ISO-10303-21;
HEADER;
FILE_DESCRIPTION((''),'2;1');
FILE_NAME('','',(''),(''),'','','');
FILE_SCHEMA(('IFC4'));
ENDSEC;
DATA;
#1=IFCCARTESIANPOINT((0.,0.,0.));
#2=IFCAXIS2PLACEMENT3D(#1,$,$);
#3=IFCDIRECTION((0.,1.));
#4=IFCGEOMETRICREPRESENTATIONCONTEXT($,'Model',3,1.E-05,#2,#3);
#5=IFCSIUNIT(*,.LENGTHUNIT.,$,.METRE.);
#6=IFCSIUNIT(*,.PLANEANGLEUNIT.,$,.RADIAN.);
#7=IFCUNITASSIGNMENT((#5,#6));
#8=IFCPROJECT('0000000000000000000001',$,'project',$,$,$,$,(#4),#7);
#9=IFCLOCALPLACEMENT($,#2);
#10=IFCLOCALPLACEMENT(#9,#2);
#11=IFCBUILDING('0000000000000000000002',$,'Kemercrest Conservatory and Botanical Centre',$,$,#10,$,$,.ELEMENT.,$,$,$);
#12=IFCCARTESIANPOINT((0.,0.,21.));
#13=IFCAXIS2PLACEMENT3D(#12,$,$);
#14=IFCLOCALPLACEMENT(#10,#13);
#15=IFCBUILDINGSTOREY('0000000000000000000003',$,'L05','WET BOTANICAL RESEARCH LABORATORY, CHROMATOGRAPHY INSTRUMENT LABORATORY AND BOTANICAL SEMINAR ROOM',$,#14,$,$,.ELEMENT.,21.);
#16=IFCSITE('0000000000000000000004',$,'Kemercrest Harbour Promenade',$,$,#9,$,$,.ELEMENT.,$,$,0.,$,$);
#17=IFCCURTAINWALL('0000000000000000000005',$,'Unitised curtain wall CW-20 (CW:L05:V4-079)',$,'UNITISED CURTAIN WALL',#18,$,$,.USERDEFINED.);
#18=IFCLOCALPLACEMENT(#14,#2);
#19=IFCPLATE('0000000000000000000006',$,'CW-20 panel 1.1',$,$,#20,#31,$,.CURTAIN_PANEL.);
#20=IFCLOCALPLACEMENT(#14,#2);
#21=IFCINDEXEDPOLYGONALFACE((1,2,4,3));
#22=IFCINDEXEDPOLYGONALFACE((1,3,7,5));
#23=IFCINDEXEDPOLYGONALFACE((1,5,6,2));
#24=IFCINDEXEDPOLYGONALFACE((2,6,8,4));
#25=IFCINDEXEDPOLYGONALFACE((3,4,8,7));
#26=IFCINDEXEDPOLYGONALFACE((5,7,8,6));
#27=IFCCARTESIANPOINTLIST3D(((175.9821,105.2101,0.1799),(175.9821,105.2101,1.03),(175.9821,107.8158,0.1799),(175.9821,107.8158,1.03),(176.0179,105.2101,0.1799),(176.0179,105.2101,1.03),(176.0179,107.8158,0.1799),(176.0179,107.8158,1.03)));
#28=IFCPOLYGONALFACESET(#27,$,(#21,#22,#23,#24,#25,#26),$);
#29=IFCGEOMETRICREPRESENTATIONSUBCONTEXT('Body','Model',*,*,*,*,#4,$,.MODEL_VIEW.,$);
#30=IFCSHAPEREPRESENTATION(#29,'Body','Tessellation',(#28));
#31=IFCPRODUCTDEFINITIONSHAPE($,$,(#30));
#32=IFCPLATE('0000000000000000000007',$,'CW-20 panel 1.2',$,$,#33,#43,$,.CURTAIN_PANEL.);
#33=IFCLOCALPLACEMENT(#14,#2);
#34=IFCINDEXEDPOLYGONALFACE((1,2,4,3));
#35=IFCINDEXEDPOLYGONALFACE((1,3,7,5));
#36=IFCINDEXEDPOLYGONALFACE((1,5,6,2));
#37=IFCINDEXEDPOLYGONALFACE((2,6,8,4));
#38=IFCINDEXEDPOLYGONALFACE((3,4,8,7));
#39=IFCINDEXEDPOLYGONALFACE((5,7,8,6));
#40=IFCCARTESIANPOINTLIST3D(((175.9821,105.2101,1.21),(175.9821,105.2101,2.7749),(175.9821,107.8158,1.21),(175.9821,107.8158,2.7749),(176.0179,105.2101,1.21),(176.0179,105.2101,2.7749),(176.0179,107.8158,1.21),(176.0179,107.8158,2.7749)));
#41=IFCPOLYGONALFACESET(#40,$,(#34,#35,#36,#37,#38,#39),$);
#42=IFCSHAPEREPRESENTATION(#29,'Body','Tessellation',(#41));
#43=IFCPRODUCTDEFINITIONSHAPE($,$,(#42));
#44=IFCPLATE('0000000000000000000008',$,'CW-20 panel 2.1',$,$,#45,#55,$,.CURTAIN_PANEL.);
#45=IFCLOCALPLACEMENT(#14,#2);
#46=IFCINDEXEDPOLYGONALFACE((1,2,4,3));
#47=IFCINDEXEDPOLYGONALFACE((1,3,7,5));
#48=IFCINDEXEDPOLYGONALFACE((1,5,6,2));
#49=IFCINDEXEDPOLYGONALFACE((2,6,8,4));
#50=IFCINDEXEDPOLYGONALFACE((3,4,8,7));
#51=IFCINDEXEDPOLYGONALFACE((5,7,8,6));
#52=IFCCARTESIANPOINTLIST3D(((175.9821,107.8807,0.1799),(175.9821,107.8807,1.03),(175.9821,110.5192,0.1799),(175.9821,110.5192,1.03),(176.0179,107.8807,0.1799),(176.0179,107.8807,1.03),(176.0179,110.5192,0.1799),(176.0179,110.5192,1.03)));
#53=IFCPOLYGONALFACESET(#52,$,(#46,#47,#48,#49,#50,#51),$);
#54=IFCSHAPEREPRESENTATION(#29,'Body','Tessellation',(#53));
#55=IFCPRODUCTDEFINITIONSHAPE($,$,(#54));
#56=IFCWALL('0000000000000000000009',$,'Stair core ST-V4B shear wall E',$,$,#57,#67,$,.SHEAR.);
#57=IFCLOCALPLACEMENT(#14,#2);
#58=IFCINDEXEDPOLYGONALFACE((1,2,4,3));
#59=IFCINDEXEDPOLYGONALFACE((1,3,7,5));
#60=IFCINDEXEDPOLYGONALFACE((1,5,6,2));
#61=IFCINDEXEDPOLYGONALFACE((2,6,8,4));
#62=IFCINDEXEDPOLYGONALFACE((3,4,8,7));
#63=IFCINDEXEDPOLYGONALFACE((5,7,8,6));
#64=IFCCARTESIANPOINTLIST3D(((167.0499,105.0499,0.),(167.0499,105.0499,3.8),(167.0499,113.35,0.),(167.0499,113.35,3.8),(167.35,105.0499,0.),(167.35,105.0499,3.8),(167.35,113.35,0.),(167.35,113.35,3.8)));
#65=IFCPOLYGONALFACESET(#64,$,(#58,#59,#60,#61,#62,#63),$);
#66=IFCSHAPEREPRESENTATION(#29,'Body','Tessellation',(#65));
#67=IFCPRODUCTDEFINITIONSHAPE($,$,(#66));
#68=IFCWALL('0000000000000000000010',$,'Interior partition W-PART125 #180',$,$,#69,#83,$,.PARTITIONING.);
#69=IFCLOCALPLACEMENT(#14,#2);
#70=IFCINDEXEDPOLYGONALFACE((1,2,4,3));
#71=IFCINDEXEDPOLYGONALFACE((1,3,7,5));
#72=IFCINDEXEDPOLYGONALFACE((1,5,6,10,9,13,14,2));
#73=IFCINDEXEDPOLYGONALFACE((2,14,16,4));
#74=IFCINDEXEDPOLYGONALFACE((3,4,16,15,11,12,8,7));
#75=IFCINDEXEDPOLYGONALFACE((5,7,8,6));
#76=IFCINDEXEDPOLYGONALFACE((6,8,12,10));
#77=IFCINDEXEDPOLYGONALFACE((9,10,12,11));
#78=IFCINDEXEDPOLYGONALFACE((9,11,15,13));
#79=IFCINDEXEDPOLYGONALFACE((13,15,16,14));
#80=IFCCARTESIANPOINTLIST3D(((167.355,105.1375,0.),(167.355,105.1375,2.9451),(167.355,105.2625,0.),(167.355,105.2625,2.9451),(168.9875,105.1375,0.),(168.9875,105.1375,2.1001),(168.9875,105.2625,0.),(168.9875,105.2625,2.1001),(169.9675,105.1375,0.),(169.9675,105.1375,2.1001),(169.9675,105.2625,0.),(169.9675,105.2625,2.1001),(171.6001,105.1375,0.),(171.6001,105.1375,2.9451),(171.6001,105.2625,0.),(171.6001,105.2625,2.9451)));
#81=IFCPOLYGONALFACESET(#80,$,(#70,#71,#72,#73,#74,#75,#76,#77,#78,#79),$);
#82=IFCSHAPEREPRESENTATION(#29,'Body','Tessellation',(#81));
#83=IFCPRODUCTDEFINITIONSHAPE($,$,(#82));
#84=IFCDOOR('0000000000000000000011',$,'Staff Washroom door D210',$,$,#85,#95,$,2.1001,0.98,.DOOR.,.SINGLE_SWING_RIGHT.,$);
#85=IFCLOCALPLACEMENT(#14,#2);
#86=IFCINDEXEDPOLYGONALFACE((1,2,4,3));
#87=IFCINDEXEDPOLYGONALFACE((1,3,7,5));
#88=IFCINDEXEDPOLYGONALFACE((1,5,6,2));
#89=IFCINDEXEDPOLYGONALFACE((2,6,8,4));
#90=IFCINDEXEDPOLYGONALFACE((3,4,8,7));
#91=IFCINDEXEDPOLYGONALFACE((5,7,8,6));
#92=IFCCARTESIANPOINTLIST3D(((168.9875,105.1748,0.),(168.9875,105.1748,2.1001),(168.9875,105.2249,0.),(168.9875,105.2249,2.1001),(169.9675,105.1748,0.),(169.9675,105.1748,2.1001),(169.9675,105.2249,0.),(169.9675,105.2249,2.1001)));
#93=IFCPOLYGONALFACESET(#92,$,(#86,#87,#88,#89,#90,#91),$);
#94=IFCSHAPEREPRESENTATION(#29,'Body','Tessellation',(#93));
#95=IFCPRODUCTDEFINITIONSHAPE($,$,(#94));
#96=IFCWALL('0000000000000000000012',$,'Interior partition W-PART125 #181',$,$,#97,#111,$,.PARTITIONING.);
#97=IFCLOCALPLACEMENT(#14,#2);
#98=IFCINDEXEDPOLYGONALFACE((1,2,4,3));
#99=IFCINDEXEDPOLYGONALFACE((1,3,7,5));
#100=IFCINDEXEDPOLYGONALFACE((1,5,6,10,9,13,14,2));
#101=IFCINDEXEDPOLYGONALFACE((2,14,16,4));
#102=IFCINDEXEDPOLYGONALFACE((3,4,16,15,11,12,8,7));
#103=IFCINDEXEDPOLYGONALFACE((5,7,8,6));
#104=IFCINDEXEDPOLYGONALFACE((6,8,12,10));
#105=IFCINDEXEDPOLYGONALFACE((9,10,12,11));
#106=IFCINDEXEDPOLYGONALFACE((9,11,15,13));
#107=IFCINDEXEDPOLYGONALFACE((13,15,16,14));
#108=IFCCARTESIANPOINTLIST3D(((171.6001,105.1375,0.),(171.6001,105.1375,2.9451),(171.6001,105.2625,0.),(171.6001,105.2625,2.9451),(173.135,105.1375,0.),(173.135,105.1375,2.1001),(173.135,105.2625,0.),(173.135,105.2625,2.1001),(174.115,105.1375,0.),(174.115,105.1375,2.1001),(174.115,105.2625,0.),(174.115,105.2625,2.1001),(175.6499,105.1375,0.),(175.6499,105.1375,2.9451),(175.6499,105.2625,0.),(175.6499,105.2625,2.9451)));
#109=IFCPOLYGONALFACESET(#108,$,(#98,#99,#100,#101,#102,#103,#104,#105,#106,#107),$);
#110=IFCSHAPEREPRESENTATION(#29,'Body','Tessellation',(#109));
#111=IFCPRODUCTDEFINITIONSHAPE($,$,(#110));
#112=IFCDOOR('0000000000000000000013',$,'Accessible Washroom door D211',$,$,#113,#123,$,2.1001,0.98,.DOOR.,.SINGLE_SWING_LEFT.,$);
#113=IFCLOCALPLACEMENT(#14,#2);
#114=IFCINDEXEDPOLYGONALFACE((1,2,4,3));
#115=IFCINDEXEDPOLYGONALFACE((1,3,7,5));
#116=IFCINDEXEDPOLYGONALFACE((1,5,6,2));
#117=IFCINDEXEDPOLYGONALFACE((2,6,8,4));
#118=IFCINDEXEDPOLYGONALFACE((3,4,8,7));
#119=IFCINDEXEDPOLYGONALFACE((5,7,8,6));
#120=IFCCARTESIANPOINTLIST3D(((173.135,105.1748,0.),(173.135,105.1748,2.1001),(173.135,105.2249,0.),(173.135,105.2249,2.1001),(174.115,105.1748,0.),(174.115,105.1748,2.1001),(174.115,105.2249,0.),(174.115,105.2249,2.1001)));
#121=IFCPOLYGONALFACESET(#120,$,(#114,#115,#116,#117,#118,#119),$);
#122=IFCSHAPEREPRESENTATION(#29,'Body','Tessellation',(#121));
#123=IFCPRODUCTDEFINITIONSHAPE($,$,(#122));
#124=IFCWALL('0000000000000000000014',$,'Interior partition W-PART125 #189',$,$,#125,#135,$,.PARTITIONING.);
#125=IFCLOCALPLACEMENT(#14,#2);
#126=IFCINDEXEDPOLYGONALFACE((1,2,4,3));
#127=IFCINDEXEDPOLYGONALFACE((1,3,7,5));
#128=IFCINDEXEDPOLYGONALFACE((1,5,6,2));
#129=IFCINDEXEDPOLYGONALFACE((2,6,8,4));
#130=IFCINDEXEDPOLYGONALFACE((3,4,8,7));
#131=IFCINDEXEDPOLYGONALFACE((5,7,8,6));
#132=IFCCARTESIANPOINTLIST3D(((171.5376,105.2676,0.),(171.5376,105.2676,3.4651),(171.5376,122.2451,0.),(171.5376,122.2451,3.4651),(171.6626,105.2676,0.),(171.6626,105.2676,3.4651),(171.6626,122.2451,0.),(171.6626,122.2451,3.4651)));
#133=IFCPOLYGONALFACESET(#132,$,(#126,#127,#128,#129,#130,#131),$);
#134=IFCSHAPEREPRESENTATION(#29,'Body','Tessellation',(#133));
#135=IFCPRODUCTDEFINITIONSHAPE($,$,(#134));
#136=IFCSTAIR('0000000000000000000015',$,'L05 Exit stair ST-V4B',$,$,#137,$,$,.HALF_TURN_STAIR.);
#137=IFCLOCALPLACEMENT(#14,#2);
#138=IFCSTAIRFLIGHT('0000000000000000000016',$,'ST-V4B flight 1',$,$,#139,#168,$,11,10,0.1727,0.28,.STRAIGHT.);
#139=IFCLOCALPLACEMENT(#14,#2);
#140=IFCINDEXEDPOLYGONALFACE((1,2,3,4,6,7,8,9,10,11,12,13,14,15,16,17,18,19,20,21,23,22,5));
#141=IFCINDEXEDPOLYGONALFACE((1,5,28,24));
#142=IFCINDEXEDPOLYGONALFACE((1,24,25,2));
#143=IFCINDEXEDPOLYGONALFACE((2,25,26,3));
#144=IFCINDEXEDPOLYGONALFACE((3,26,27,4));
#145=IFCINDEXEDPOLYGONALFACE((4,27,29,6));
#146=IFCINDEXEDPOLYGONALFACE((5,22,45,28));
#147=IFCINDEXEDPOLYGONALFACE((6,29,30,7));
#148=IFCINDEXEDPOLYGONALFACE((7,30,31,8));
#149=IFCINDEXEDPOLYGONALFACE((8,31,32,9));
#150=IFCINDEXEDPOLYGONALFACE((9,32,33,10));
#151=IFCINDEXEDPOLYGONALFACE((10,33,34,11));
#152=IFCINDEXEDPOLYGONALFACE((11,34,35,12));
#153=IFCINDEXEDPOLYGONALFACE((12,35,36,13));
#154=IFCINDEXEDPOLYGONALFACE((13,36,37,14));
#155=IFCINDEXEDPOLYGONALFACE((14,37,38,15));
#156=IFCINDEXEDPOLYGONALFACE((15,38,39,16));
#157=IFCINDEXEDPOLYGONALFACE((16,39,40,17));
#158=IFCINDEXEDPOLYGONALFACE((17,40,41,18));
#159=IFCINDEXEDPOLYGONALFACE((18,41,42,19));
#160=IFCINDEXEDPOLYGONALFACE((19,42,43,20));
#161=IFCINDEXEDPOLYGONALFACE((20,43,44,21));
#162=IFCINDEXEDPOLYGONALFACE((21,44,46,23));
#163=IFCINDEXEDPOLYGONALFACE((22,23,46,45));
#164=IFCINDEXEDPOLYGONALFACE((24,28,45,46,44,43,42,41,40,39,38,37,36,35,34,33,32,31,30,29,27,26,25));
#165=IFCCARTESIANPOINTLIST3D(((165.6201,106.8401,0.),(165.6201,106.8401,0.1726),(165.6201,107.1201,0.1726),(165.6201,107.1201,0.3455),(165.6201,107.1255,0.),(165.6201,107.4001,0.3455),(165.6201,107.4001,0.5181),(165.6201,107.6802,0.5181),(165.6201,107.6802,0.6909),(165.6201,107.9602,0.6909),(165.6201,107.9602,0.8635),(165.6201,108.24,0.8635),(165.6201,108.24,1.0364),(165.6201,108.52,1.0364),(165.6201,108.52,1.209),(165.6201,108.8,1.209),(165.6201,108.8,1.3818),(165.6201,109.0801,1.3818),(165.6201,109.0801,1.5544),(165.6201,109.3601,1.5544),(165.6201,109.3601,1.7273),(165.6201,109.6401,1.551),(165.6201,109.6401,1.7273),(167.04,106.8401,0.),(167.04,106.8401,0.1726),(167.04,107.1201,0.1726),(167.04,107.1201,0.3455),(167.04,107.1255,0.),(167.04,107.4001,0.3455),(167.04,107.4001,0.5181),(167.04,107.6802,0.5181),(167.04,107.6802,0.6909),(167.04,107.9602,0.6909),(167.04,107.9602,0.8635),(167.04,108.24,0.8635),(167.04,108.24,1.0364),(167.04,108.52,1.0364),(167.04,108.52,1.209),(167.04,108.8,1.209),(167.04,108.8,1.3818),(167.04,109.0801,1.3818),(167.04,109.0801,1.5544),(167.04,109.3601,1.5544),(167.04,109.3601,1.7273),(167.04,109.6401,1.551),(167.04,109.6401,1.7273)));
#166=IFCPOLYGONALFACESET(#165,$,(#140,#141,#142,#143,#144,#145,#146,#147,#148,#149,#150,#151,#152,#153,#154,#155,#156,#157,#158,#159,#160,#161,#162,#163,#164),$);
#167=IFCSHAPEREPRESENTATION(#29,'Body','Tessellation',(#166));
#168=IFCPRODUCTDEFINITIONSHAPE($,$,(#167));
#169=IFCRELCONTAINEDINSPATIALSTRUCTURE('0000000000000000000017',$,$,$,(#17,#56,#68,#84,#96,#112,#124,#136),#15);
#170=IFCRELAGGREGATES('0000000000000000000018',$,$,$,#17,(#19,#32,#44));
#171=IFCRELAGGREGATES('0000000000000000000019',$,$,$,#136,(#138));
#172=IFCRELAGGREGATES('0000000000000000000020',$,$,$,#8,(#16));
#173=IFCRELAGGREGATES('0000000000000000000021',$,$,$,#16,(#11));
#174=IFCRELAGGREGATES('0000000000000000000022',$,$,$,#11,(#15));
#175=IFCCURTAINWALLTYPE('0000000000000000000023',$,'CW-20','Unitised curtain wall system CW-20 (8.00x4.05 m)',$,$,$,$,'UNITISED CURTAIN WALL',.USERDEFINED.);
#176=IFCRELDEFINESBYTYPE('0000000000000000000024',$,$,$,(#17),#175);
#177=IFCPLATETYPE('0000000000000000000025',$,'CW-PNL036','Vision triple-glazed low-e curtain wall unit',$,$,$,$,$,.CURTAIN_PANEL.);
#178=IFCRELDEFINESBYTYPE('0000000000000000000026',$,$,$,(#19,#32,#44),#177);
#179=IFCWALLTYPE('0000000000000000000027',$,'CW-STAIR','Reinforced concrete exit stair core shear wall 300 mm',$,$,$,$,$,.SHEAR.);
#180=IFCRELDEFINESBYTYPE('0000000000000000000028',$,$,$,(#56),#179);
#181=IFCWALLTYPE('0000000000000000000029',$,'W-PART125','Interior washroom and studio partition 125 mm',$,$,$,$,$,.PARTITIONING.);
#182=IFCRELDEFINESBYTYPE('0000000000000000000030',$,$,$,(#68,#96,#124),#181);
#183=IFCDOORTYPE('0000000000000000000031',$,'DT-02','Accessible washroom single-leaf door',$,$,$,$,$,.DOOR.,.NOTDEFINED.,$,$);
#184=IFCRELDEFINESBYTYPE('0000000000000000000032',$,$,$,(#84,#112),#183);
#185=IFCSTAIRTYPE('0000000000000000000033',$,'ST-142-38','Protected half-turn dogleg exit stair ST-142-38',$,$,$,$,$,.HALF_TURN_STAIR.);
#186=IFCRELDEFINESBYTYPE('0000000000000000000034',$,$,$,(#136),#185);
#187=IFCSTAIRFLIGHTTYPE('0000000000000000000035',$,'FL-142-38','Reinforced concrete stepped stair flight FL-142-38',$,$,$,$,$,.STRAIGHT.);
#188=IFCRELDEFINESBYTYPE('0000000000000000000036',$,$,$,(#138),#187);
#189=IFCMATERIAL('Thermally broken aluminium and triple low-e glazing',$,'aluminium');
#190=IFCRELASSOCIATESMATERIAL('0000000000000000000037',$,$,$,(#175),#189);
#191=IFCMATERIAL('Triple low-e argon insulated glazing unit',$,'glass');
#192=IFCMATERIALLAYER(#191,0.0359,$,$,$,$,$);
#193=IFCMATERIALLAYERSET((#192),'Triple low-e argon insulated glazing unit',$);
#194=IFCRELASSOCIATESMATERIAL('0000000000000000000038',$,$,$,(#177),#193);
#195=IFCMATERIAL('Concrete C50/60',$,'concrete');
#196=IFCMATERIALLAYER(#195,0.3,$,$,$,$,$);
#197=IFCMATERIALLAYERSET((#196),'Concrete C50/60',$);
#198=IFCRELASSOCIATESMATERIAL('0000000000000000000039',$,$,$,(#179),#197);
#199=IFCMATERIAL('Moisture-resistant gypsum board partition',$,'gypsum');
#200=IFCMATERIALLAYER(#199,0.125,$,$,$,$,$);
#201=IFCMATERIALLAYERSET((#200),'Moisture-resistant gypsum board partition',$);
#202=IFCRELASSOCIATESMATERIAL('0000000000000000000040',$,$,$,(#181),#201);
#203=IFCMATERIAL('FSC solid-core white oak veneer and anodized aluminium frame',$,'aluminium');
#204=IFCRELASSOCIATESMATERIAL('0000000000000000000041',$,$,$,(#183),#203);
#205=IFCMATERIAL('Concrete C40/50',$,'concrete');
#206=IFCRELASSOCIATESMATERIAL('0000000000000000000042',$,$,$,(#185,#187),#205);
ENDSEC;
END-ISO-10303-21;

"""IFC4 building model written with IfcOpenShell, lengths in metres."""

from ifc_helpers import new_model, si_unit, direction, frame, frame_2d, origin, origin_2d, place, context, subcontext, project, spatial, polyline, rectangle, outline, extrude, material, layer, layer_set, type_object, element, fill, aggregate, save


model = new_model("IFC4")

# Units and contexts
model_context = context("Model", 3, precision=1e-05, world=origin(), true_north=direction((0.0, 1.0)))
body_context = subcontext(model_context, "Body", "Model", "MODEL_VIEW")
ifc_project = project(units=[si_unit("LENGTHUNIT", "METRE"), si_unit("PLANEANGLEUNIT", "RADIAN")], contexts=[model_context])

# Site, building, storey
site_placement = place(None, origin())
site = spatial("IfcSite", under=ifc_project, at=site_placement, Name="Kemercrest Harbour Promenade", CompositionType="ELEMENT", RefElevation=0.0)
building_placement = place(site_placement, origin())
building = spatial("IfcBuilding", under=site, at=building_placement, Name="Kemercrest Conservatory and Botanical Centre", CompositionType="ELEMENT")
storey_placement = place(building_placement, frame((0.0, 0.0, 21.0)))
storey = spatial("IfcBuildingStorey", under=building, at=storey_placement, Name="L05", Description="WET BOTANICAL RESEARCH LABORATORY, CHROMATOGRAPHY INSTRUMENT LABORATORY AND BOTANICAL SEMINAR ROOM", CompositionType="ELEMENT", Elevation=21.0)

# Shared definitions
ifc_material_1 = material(Name="Concrete C50/60", Category="concrete")

# Curtain wall
ifc_material_2 = material(Name="Thermally broken aluminium and triple low-e glazing", Category="aluminium")
curtain_wall_type = type_object("IfcCurtainWallType", Name="CW-20", Description="Unitised curtain wall system CW-20 (8.00x4.05 m)", ElementType="UNITISED CURTAIN WALL", PredefinedType="USERDEFINED", material=ifc_material_2)
curtain_wall_placement = place(storey_placement, origin())
curtain_wall = element("IfcCurtainWall", 1, at=curtain_wall_placement, inside=storey, type_object=curtain_wall_type, Name="Unitised curtain wall CW-20 (CW:L05:V4-079)", ObjectType="UNITISED CURTAIN WALL", PredefinedType="USERDEFINED")

# Shared definitions
ifc_material_3 = material(Name="Concrete C40/50", Category="concrete")

# Plates
ifc_material_4 = material(Name="Triple low-e argon insulated glazing unit", Category="glass")
ifc_layer_1 = layer(ifc_material_4, 0.0359)
ifc_layer_set_1 = layer_set([ifc_layer_1], Name="Triple low-e argon insulated glazing unit")
plate_type = type_object("IfcPlateType", Name="CW-PNL036", Description="Vision triple-glazed low-e curtain wall unit", PredefinedType="CURTAIN_PANEL", material=ifc_layer_set_1)
plate_1_placement = place(storey_placement, frame((176.0, 106.5129, 0.1799), z_axis=(0.0, 0.0, 1.0), x_axis=(0.0, 1.0, 0.0)))
plate_1 = element("IfcPlate", 2, at=plate_1_placement, type_object=plate_type, Name="CW-20 panel 1.1", PredefinedType="CURTAIN_PANEL", context=body_context, shape_type="SweptSolid", body=[
    extrude(rectangle(XDim=2.6057, YDim=0.0359, at=origin_2d()), origin(), (0.0, 0.0, 1.0), 0.8501),
])
plate_2_placement = place(storey_placement, frame((176.0, 106.5129, 1.21), z_axis=(0.0, 0.0, 1.0), x_axis=(0.0, 1.0, 0.0)))
plate_2 = element("IfcPlate", 3, at=plate_2_placement, type_object=plate_type, Name="CW-20 panel 1.2", PredefinedType="CURTAIN_PANEL", context=body_context, shape_type="SweptSolid", body=[
    extrude(rectangle(XDim=2.6057, YDim=0.0359, at=origin_2d()), origin(), (0.0, 0.0, 1.0), 1.5649),
])
plate_3_placement = place(storey_placement, frame((176.0, 109.2, 0.1799), z_axis=(0.0, 0.0, 1.0), x_axis=(0.0, 1.0, 0.0)))
plate_3 = element("IfcPlate", 4, at=plate_3_placement, type_object=plate_type, Name="CW-20 panel 2.1", PredefinedType="CURTAIN_PANEL", context=body_context, shape_type="SweptSolid", body=[
    extrude(rectangle(XDim=2.6384, YDim=0.0359, at=origin_2d()), origin(), (0.0, 0.0, 1.0), 0.8501),
])
aggregate(curtain_wall, [plate_1, plate_2, plate_3])

# Wall
ifc_layer_2 = layer(ifc_material_1, 0.3)
ifc_layer_set_2 = layer_set([ifc_layer_2], Name="Concrete C50/60")
wall_type_1 = type_object("IfcWallType", Name="CW-STAIR", Description="Reinforced concrete exit stair core shear wall 300 mm", PredefinedType="SHEAR", material=ifc_layer_set_2)
wall_1_placement = place(storey_placement, frame((167.2, 105.05, 0.0), z_axis=(0.0, 0.0, 1.0), x_axis=(0.0, 1.0, 0.0)))
element("IfcWall", 5, at=wall_1_placement, inside=storey, type_object=wall_type_1, Name="Stair core ST-V4B shear wall E", PredefinedType="SHEAR", context=body_context, shape_type="SweptSolid", body=[
    extrude(rectangle(XDim=8.3, YDim=0.3, at=frame_2d((4.1499, 0.0))), origin(), (0.0, 0.0, 1.0), 3.8),
])

# Walls, openings, doors
ifc_material_5 = material(Name="Moisture-resistant gypsum board partition", Category="gypsum")
ifc_layer_3 = layer(ifc_material_5, 0.125)
ifc_layer_set_3 = layer_set([ifc_layer_3], Name="Moisture-resistant gypsum board partition")
wall_type_2 = type_object("IfcWallType", Name="W-PART125", Description="Interior washroom and studio partition 125 mm", PredefinedType="PARTITIONING", material=ifc_layer_set_3)
wall_2_placement = place(storey_placement, frame((167.355, 105.2, 0.0), z_axis=(0.0, 0.0, 1.0), x_axis=(1.0, 0.0, 0.0)))
wall_2 = element("IfcWall", 6, at=wall_2_placement, inside=storey, type_object=wall_type_2, Name="Interior partition W-PART125 #180", PredefinedType="PARTITIONING", context=body_context, shape_type="SweptSolid", body=[
    extrude(rectangle(XDim=4.2451, YDim=0.125, at=frame_2d((2.1226, 0.0))), origin(), (0.0, 0.0, 1.0), 2.9451),
])
opening_1_placement = place(wall_2_placement, frame((1.6326, 0.0, 0.0)))
opening_1 = element("IfcOpeningElement", 7, at=opening_1_placement, cuts=wall_2, PredefinedType="OPENING", context=body_context, shape_type="SweptSolid", body=[
    extrude(rectangle(XDim=0.98, YDim=2.1001, at=frame_2d((0.49, 1.05))), frame((0.0, 0.0725, 0.0), z_axis=(0.0, -1.0, 0.0), x_axis=(1.0, 0.0, 0.0)), (0.0, 0.0, 1.0), 0.145),
])
ifc_material_6 = material(Name="FSC solid-core white oak veneer and anodized aluminium frame", Category="aluminium")
door_type = type_object("IfcDoorType", Name="DT-02", Description="Accessible washroom single-leaf door", OperationType="NOTDEFINED", PredefinedType="DOOR", material=ifc_material_6)
door_1_placement = place(opening_1_placement, origin())
door_1 = element("IfcDoor", 8, at=door_1_placement, inside=storey, type_object=door_type, Name="Staff Washroom door D210", OperationType="SINGLE_SWING_RIGHT", OverallHeight=2.1001, OverallWidth=0.98, PredefinedType="DOOR", context=body_context, shape_type="SweptSolid", body=[
    extrude(rectangle(XDim=0.98, YDim=2.1001, at=frame_2d((0.49, 1.05))), frame((0.0, 0.0249, 0.0), z_axis=(0.0, -1.0, 0.0), x_axis=(1.0, 0.0, 0.0)), (0.0, 0.0, 1.0), 0.05),
])
fill(opening_1, door_1)
wall_3_placement = place(storey_placement, frame((171.6001, 105.2, 0.0), z_axis=(0.0, 0.0, 1.0), x_axis=(1.0, 0.0, 0.0)))
wall_3 = element("IfcWall", 9, at=wall_3_placement, inside=storey, type_object=wall_type_2, Name="Interior partition W-PART125 #181", PredefinedType="PARTITIONING", context=body_context, shape_type="SweptSolid", body=[
    extrude(rectangle(XDim=4.0498, YDim=0.125, at=frame_2d((2.0249, 0.0))), origin(), (0.0, 0.0, 1.0), 2.9451),
])
opening_2_placement = place(wall_3_placement, frame((1.5349, 0.0, 0.0)))
opening_2 = element("IfcOpeningElement", 10, at=opening_2_placement, cuts=wall_3, PredefinedType="OPENING", context=body_context, shape_type="SweptSolid", body=[
    extrude(rectangle(XDim=0.98, YDim=2.1001, at=frame_2d((0.49, 1.05))), frame((0.0, 0.0725, 0.0), z_axis=(0.0, -1.0, 0.0), x_axis=(1.0, 0.0, 0.0)), (0.0, 0.0, 1.0), 0.145),
])
door_2_placement = place(opening_2_placement, origin())
door_2 = element("IfcDoor", 11, at=door_2_placement, inside=storey, type_object=door_type, Name="Accessible Washroom door D211", OperationType="SINGLE_SWING_LEFT", OverallHeight=2.1001, OverallWidth=0.98, PredefinedType="DOOR", context=body_context, shape_type="SweptSolid", body=[
    extrude(rectangle(XDim=0.98, YDim=2.1001, at=frame_2d((0.49, 1.05))), frame((0.0, 0.0249, 0.0), z_axis=(0.0, -1.0, 0.0), x_axis=(1.0, 0.0, 0.0)), (0.0, 0.0, 1.0), 0.05),
])
fill(opening_2, door_2)

# Wall
wall_4_placement = place(storey_placement, frame((171.6001, 105.2676, 0.0), z_axis=(0.0, 0.0, 1.0), x_axis=(0.0, 1.0, 0.0)))
element("IfcWall", 12, at=wall_4_placement, inside=storey, type_object=wall_type_2, Name="Interior partition W-PART125 #189", PredefinedType="PARTITIONING", context=body_context, shape_type="SweptSolid", body=[
    extrude(rectangle(XDim=16.9775, YDim=0.125, at=frame_2d((8.4888, 0.0))), origin(), (0.0, 0.0, 1.0), 3.4651),
])

# Stair, stair flight
stair_type = type_object("IfcStairType", Name="ST-142-38", Description="Protected half-turn dogleg exit stair ST-142-38", PredefinedType="HALF_TURN_STAIR", material=ifc_material_3)
stair_placement = place(storey_placement, origin())
stair = element("IfcStair", 13, at=stair_placement, inside=storey, type_object=stair_type, Name="L05 Exit stair ST-V4B", PredefinedType="HALF_TURN_STAIR")
stair_flight_type = type_object("IfcStairFlightType", Name="FL-142-38", Description="Reinforced concrete stepped stair flight FL-142-38", PredefinedType="STRAIGHT", material=ifc_material_3)
stair_flight_placement = place(storey_placement, frame((166.3301, 106.8401, 0.0), z_axis=(0.0, 0.0, 1.0), x_axis=(0.0, 1.0, 0.0)))
stair_flight = element("IfcStairFlight", 14, at=stair_flight_placement, type_object=stair_flight_type, Name="ST-V4B flight 1", NumberOfRisers=11, NumberOfTreads=10, PredefinedType="STRAIGHT", RiserHeight=0.1727, TreadLength=0.28, context=body_context, shape_type="SweptSolid", body=[
    extrude(outline(polyline([(0.0, 0.0), (0.0, 0.1726), (0.28, 0.1726), (0.28, 0.3455), (0.5601, 0.3455), (0.5601, 0.5181), (0.8401, 0.5181), (0.8401, 0.6909), (1.1201, 0.6909), (1.1201, 0.8635), (1.3999, 0.8635), (1.3999, 1.0364), (1.6799, 1.0364), (1.6799, 1.209), (1.96, 1.209), (1.96, 1.3818), (2.24, 1.3818), (2.24, 1.5544), (2.52, 1.5544), (2.52, 1.7273), (2.8, 1.7273), (2.8, 1.8999), (2.8, 1.551), (0.2854, 0.0), (0.0, 0.0)])), frame((0.0, 0.71, 0.0), z_axis=(0.0, -1.0, 0.0), x_axis=(1.0, 0.0, 0.0)), (0.0, 0.0, 1.0), 1.4199),
])
aggregate(stair, [stair_flight])

save(model, "model.ifc")
